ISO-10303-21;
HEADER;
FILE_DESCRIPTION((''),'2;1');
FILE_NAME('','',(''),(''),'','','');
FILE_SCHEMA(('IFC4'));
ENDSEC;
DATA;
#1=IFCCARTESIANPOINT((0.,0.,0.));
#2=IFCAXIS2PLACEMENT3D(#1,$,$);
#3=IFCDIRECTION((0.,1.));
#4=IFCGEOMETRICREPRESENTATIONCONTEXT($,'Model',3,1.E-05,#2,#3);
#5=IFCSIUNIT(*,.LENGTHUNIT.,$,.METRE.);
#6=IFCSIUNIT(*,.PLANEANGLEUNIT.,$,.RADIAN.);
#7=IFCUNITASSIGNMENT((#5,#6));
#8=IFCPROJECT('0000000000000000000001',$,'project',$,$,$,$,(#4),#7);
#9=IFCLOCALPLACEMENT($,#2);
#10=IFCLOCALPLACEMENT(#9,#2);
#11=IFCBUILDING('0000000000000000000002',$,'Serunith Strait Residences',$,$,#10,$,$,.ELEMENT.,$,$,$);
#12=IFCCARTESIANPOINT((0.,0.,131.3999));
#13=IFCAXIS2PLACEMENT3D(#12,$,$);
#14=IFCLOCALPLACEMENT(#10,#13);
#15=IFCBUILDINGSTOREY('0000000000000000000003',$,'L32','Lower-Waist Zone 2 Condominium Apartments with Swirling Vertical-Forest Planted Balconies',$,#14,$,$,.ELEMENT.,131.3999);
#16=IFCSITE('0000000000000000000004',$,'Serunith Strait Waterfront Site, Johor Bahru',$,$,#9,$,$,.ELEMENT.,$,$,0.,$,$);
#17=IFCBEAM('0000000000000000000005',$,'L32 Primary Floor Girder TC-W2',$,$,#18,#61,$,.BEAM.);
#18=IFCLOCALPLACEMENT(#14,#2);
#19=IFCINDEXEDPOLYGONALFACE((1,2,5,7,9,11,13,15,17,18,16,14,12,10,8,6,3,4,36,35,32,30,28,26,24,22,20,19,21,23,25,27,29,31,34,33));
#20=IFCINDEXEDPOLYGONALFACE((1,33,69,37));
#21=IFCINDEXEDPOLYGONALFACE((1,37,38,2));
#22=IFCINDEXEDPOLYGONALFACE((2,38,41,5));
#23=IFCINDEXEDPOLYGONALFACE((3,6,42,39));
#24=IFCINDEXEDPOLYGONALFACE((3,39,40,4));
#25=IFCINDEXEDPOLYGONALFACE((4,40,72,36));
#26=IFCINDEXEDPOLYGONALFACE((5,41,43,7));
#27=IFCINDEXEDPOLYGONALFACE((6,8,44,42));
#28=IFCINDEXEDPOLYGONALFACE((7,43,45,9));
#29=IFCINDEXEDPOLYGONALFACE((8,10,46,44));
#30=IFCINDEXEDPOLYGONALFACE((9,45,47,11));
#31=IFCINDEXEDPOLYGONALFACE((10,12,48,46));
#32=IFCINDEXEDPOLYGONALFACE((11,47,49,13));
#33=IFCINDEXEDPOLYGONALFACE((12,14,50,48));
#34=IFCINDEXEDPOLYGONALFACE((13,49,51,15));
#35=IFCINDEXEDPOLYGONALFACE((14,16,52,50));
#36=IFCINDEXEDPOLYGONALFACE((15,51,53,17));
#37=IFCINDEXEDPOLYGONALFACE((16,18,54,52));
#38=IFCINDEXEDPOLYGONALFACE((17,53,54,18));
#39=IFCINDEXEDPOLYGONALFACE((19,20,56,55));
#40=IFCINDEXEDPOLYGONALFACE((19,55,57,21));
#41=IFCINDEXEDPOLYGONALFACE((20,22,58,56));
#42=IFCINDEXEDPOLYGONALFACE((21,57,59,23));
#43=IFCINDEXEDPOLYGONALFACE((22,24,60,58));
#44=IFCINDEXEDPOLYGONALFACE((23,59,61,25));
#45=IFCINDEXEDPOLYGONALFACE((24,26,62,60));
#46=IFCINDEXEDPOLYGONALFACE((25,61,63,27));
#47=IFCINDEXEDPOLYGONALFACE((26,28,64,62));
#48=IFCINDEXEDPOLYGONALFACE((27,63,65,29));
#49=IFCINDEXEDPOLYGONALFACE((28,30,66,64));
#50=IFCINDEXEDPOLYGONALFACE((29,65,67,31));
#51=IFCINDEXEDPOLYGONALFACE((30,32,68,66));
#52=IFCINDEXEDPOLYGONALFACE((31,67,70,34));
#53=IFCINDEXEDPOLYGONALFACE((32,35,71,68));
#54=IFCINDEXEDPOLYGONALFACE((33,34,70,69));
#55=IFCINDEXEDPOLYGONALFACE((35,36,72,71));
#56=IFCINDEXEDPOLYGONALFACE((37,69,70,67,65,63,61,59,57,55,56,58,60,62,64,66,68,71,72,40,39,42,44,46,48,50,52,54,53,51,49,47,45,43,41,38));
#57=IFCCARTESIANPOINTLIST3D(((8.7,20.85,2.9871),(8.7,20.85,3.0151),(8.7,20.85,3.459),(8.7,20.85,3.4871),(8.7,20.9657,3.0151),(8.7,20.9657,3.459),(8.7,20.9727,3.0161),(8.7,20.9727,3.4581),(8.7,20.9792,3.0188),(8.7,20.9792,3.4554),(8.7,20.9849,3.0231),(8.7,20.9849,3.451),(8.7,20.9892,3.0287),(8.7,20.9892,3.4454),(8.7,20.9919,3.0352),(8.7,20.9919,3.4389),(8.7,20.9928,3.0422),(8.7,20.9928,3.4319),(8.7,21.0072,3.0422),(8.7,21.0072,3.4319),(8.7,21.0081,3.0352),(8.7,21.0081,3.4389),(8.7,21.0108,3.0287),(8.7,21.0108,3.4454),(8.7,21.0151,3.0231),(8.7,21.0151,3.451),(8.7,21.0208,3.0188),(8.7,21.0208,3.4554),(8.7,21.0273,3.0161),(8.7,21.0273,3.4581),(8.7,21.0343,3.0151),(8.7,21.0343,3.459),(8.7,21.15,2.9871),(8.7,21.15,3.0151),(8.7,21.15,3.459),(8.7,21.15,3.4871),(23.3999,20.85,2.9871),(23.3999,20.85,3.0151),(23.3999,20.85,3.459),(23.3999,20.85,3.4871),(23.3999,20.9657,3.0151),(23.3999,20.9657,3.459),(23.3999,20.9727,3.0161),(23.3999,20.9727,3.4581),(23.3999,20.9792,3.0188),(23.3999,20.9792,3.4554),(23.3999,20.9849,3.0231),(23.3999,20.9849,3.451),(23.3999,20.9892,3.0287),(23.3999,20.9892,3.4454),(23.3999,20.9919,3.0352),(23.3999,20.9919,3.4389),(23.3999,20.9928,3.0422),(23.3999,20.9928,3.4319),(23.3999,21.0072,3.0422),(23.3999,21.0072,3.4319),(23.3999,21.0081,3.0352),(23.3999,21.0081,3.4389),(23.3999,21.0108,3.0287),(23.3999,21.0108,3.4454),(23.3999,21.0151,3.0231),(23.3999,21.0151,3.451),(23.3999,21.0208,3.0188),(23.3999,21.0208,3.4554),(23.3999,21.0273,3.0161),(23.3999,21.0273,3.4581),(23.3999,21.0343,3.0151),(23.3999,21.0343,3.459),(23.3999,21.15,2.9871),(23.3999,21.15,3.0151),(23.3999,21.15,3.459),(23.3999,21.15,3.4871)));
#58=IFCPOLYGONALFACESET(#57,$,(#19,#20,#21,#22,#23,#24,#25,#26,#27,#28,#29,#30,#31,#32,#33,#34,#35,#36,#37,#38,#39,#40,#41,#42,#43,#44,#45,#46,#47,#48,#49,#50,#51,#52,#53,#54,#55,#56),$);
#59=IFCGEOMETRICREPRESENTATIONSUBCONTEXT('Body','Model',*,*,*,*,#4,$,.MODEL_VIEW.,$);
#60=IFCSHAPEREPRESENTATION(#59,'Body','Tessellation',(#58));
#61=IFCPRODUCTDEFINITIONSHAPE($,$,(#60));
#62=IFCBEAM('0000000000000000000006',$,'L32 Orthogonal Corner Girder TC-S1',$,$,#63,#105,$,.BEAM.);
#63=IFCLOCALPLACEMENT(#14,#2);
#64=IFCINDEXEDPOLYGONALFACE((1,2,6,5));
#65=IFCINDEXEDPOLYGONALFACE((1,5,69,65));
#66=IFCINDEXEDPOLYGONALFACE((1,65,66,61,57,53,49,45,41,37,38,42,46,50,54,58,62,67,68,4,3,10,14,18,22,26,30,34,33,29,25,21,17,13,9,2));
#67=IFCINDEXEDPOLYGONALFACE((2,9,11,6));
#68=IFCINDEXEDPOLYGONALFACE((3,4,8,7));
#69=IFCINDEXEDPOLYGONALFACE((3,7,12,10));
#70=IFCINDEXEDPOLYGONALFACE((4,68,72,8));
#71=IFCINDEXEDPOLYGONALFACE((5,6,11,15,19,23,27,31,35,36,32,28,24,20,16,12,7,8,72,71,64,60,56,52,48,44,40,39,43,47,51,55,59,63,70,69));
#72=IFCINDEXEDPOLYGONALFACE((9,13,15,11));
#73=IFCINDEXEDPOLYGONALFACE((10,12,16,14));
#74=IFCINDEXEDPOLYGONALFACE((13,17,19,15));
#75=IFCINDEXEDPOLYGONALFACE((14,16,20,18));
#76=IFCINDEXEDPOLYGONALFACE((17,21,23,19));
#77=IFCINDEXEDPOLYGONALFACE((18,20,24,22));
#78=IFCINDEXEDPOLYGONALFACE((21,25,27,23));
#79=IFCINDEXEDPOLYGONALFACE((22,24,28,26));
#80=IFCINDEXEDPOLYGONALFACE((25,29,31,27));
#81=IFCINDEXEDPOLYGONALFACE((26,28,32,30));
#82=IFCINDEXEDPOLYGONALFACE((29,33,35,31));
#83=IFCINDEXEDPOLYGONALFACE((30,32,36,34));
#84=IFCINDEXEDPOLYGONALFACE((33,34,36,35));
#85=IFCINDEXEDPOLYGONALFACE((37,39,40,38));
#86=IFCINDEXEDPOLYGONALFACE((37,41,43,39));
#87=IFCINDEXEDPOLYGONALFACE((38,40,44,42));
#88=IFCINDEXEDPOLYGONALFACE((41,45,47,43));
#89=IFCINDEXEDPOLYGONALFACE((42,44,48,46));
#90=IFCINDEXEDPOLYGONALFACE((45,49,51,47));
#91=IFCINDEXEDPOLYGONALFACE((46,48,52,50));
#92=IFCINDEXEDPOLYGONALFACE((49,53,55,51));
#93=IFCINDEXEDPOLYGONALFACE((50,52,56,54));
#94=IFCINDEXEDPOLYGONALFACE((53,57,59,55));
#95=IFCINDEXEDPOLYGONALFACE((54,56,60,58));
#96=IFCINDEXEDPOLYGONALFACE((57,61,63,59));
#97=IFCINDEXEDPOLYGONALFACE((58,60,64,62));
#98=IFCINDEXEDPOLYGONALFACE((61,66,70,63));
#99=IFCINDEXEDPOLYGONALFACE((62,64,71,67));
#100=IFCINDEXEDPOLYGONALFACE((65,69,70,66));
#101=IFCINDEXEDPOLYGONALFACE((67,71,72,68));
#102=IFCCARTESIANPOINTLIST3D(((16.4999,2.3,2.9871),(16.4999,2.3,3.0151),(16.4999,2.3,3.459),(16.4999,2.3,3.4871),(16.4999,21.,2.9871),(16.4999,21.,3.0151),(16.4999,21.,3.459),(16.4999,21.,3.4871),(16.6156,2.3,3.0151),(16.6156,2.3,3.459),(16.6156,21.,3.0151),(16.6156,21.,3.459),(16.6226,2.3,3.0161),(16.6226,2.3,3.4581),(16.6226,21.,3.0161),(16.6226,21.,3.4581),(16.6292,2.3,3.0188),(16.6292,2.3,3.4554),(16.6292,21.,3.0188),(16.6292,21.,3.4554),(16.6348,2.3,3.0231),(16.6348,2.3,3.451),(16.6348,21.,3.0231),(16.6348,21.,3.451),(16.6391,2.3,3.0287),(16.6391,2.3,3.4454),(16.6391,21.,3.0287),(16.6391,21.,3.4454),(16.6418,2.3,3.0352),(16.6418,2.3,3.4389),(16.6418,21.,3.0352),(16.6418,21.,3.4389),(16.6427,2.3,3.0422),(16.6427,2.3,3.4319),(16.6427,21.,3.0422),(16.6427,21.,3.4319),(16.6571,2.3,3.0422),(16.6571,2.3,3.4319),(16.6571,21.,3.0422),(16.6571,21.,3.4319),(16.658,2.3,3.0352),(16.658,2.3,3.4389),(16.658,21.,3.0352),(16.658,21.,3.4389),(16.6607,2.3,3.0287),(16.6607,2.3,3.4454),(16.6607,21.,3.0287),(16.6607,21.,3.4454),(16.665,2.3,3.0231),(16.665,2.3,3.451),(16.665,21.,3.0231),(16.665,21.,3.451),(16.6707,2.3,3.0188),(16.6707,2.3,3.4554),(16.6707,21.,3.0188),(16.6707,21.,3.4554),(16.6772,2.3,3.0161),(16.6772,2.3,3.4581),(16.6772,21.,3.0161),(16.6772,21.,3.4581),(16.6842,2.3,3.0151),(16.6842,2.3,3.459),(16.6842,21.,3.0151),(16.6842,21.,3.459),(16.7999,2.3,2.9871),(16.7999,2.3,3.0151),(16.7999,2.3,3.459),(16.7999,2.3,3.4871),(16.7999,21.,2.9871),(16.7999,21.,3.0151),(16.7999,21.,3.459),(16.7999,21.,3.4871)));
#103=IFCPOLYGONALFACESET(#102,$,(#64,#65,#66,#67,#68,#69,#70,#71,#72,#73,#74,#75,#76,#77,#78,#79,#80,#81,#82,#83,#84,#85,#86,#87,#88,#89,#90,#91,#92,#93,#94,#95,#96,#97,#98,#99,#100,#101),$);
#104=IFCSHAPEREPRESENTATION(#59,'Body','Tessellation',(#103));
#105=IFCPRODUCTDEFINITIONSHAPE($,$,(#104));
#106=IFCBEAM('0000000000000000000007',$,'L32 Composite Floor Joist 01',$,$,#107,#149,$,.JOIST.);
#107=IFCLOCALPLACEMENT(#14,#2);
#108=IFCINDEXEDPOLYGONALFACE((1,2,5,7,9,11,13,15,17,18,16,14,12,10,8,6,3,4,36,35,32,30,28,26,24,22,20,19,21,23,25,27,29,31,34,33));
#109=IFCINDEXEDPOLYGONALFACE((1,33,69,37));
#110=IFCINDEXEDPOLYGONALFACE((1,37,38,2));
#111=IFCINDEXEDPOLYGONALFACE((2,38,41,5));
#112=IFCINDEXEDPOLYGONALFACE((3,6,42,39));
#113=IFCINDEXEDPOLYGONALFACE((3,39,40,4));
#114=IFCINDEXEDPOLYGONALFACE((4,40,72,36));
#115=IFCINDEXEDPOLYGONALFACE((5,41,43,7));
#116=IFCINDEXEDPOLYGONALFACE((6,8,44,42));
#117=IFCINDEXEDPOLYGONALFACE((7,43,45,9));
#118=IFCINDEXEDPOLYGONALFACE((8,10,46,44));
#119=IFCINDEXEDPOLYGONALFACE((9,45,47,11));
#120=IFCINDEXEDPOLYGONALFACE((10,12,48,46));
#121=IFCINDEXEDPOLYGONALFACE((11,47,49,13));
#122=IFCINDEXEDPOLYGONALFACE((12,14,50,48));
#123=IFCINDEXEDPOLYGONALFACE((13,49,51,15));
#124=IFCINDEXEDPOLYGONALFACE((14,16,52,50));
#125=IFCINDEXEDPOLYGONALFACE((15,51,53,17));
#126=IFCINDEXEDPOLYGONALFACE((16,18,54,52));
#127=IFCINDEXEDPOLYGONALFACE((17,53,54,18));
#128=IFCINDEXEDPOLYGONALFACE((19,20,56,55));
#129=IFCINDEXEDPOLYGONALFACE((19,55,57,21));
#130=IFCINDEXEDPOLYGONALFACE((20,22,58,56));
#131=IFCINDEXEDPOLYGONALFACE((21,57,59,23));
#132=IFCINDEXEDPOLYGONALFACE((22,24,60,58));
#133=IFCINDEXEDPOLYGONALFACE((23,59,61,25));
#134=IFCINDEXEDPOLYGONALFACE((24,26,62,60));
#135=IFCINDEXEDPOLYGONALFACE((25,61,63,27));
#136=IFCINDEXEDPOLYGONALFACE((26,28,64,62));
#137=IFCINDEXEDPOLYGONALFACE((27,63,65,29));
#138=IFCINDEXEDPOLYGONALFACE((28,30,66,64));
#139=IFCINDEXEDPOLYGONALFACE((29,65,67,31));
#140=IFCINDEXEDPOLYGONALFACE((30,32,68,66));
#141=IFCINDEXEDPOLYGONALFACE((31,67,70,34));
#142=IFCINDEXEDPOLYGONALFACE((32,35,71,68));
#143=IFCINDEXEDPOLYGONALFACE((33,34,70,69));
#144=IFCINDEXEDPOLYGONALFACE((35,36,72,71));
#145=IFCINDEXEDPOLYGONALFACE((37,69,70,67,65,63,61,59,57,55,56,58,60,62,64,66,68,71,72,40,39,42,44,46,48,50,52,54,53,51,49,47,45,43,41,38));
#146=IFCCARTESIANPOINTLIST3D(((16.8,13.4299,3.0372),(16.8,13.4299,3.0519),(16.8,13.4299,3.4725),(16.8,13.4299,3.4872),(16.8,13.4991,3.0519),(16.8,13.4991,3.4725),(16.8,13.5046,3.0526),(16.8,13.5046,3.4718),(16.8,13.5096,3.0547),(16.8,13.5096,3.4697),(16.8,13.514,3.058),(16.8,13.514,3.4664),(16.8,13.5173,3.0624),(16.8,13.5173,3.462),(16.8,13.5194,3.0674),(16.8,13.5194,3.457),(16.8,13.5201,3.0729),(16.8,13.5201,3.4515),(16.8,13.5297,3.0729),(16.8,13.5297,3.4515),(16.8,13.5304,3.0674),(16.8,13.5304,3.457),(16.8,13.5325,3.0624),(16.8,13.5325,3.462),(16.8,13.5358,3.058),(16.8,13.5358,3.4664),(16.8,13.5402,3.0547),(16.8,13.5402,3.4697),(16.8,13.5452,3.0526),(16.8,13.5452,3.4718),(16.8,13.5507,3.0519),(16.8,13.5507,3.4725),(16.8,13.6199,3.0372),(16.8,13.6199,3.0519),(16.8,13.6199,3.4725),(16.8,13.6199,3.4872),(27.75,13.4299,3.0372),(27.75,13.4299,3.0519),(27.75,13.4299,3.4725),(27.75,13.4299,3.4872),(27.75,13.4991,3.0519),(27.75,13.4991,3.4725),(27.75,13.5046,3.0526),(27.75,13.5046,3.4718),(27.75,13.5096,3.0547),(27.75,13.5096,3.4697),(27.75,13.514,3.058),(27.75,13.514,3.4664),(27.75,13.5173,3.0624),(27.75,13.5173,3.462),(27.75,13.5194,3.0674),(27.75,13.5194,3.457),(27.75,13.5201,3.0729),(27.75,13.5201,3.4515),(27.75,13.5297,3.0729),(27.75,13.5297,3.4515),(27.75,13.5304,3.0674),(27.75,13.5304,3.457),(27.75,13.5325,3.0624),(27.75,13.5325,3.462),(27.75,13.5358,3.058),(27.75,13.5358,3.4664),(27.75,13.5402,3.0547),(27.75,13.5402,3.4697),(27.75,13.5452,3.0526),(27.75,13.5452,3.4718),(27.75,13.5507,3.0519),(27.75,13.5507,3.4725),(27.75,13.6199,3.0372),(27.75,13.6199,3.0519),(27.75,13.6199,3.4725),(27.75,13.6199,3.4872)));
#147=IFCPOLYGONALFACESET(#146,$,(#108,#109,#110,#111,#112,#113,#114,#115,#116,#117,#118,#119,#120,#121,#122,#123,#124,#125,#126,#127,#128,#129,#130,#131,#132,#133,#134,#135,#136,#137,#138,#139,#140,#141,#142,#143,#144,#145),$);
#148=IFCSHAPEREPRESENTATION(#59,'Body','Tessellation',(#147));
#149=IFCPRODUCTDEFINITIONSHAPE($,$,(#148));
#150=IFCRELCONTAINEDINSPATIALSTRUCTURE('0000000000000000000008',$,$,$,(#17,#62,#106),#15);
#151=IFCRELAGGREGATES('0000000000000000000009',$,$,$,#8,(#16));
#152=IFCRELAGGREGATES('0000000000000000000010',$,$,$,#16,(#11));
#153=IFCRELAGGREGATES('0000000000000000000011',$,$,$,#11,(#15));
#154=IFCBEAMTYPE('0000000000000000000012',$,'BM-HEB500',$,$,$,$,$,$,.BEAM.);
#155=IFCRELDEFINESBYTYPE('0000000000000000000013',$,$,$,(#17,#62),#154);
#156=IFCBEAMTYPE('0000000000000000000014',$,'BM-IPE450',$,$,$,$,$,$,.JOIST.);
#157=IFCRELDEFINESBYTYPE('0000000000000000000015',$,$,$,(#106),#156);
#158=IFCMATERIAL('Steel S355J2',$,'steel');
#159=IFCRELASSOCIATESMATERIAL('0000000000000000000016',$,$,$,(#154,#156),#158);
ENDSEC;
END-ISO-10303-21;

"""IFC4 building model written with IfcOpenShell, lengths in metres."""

from ifc_helpers import new_model, si_unit, direction, frame, origin, origin_2d, place, context, subcontext, project, spatial, i_section, extrude, source, transform, mapped, material, material_profile, profile_set, type_object, element, save


model = new_model("IFC4")

# Units and contexts
model_context = context("Model", 3, precision=1e-05, world=origin(), true_north=direction((0.0, 1.0)))
body_context = subcontext(model_context, "Body", "Model", "MODEL_VIEW")
ifc_project = project(units=[si_unit("LENGTHUNIT", "METRE"), si_unit("PLANEANGLEUNIT", "RADIAN")], contexts=[model_context])

# Site, building, storey
site_placement = place(None, origin())
site = spatial("IfcSite", under=ifc_project, at=site_placement, Name="Serunith Strait Waterfront Site, Johor Bahru", CompositionType="ELEMENT", RefElevation=0.0)
building_placement = place(site_placement, origin())
building = spatial("IfcBuilding", under=site, at=building_placement, Name="Serunith Strait Residences", CompositionType="ELEMENT")
storey_placement = place(building_placement, frame((0.0, 0.0, 131.3999)))
storey = spatial("IfcBuildingStorey", under=building, at=storey_placement, Name="L32", Description="Lower-Waist Zone 2 Condominium Apartments with Swirling Vertical-Forest Planted Balconies", CompositionType="ELEMENT", Elevation=131.3999)

# Beams
ifc_material_1 = material(Name="Steel S355J2", Category="steel")
ifc_material_profile_1 = material_profile(ifc_material_1, i_section(OverallWidth=0.3, OverallDepth=0.5, WebThickness=0.0144, FlangeThickness=0.0281, FilletRadius=0.0271, at=origin_2d()), Name="HEB 500")
ifc_profile_set_1 = profile_set([ifc_material_profile_1], Name="Steel S355J2")
beam_type_1 = type_object("IfcBeamType", Name="BM-HEB500", PredefinedType="BEAM", material=ifc_profile_set_1)
shared_shape_1 = source(origin(), body_context, "Body", "SweptSolid", [
    extrude(i_section(OverallWidth=0.3, OverallDepth=0.5, WebThickness=0.0144, FlangeThickness=0.0281, FilletRadius=0.0271, at=origin_2d()), origin(), (0.0, 0.0, 1.0), 14.7),
])
beam_1_placement = place(storey_placement, frame((23.3999, 21.0, 3.2371), z_axis=(-1.0, 0.0, 0.0), x_axis=(0.0, -1.0, 0.0)))
element("IfcBeam", 1, at=beam_1_placement, inside=storey, type_object=beam_type_1, Name="L32 Primary Floor Girder TC-W2", PredefinedType="BEAM", context=body_context, shape_type="MappedRepresentation", body=[
    mapped(shared_shape_1, transform((0.0, 0.0, 0.0), scale=1.0)),
])
shared_shape_2 = source(origin(), body_context, "Body", "SweptSolid", [
    extrude(i_section(OverallWidth=0.3, OverallDepth=0.5, WebThickness=0.0144, FlangeThickness=0.0281, FilletRadius=0.0271, at=origin_2d()), origin(), (0.0, 0.0, 1.0), 18.7),
])
beam_2_placement = place(storey_placement, frame((16.6499, 21.0, 3.2371), z_axis=(0.0, -1.0, 0.0), x_axis=(1.0, 0.0, 0.0)))
element("IfcBeam", 2, at=beam_2_placement, inside=storey, type_object=beam_type_1, Name="L32 Orthogonal Corner Girder TC-S1", PredefinedType="BEAM", context=body_context, shape_type="MappedRepresentation", body=[
    mapped(shared_shape_2, transform((0.0, 0.0, 0.0), scale=1.0)),
])
ifc_material_profile_2 = material_profile(ifc_material_1, i_section(OverallWidth=0.1899, OverallDepth=0.45, WebThickness=0.0095, FlangeThickness=0.0146, FilletRadius=0.021, at=origin_2d()), Name="IPE 450")
ifc_profile_set_2 = profile_set([ifc_material_profile_2], Name="Steel S355J2")
beam_type_2 = type_object("IfcBeamType", Name="BM-IPE450", PredefinedType="JOIST", material=ifc_profile_set_2)
shared_shape_3 = source(origin(), body_context, "Body", "SweptSolid", [
    extrude(i_section(OverallWidth=0.1899, OverallDepth=0.45, WebThickness=0.0095, FlangeThickness=0.0146, FilletRadius=0.021, at=origin_2d()), origin(), (0.0, 0.0, 1.0), 10.95),
])
beam_3_placement = place(storey_placement, frame((16.8, 13.5249, 3.2622), z_axis=(1.0, 0.0, 0.0), x_axis=(0.0, 1.0, 0.0)))
element("IfcBeam", 3, at=beam_3_placement, inside=storey, type_object=beam_type_2, Name="L32 Composite Floor Joist 01", PredefinedType="JOIST", context=body_context, shape_type="MappedRepresentation", body=[
    mapped(shared_shape_3, transform((0.0, 0.0, 0.0), scale=1.0)),
])

save(model, "model.ifc")
